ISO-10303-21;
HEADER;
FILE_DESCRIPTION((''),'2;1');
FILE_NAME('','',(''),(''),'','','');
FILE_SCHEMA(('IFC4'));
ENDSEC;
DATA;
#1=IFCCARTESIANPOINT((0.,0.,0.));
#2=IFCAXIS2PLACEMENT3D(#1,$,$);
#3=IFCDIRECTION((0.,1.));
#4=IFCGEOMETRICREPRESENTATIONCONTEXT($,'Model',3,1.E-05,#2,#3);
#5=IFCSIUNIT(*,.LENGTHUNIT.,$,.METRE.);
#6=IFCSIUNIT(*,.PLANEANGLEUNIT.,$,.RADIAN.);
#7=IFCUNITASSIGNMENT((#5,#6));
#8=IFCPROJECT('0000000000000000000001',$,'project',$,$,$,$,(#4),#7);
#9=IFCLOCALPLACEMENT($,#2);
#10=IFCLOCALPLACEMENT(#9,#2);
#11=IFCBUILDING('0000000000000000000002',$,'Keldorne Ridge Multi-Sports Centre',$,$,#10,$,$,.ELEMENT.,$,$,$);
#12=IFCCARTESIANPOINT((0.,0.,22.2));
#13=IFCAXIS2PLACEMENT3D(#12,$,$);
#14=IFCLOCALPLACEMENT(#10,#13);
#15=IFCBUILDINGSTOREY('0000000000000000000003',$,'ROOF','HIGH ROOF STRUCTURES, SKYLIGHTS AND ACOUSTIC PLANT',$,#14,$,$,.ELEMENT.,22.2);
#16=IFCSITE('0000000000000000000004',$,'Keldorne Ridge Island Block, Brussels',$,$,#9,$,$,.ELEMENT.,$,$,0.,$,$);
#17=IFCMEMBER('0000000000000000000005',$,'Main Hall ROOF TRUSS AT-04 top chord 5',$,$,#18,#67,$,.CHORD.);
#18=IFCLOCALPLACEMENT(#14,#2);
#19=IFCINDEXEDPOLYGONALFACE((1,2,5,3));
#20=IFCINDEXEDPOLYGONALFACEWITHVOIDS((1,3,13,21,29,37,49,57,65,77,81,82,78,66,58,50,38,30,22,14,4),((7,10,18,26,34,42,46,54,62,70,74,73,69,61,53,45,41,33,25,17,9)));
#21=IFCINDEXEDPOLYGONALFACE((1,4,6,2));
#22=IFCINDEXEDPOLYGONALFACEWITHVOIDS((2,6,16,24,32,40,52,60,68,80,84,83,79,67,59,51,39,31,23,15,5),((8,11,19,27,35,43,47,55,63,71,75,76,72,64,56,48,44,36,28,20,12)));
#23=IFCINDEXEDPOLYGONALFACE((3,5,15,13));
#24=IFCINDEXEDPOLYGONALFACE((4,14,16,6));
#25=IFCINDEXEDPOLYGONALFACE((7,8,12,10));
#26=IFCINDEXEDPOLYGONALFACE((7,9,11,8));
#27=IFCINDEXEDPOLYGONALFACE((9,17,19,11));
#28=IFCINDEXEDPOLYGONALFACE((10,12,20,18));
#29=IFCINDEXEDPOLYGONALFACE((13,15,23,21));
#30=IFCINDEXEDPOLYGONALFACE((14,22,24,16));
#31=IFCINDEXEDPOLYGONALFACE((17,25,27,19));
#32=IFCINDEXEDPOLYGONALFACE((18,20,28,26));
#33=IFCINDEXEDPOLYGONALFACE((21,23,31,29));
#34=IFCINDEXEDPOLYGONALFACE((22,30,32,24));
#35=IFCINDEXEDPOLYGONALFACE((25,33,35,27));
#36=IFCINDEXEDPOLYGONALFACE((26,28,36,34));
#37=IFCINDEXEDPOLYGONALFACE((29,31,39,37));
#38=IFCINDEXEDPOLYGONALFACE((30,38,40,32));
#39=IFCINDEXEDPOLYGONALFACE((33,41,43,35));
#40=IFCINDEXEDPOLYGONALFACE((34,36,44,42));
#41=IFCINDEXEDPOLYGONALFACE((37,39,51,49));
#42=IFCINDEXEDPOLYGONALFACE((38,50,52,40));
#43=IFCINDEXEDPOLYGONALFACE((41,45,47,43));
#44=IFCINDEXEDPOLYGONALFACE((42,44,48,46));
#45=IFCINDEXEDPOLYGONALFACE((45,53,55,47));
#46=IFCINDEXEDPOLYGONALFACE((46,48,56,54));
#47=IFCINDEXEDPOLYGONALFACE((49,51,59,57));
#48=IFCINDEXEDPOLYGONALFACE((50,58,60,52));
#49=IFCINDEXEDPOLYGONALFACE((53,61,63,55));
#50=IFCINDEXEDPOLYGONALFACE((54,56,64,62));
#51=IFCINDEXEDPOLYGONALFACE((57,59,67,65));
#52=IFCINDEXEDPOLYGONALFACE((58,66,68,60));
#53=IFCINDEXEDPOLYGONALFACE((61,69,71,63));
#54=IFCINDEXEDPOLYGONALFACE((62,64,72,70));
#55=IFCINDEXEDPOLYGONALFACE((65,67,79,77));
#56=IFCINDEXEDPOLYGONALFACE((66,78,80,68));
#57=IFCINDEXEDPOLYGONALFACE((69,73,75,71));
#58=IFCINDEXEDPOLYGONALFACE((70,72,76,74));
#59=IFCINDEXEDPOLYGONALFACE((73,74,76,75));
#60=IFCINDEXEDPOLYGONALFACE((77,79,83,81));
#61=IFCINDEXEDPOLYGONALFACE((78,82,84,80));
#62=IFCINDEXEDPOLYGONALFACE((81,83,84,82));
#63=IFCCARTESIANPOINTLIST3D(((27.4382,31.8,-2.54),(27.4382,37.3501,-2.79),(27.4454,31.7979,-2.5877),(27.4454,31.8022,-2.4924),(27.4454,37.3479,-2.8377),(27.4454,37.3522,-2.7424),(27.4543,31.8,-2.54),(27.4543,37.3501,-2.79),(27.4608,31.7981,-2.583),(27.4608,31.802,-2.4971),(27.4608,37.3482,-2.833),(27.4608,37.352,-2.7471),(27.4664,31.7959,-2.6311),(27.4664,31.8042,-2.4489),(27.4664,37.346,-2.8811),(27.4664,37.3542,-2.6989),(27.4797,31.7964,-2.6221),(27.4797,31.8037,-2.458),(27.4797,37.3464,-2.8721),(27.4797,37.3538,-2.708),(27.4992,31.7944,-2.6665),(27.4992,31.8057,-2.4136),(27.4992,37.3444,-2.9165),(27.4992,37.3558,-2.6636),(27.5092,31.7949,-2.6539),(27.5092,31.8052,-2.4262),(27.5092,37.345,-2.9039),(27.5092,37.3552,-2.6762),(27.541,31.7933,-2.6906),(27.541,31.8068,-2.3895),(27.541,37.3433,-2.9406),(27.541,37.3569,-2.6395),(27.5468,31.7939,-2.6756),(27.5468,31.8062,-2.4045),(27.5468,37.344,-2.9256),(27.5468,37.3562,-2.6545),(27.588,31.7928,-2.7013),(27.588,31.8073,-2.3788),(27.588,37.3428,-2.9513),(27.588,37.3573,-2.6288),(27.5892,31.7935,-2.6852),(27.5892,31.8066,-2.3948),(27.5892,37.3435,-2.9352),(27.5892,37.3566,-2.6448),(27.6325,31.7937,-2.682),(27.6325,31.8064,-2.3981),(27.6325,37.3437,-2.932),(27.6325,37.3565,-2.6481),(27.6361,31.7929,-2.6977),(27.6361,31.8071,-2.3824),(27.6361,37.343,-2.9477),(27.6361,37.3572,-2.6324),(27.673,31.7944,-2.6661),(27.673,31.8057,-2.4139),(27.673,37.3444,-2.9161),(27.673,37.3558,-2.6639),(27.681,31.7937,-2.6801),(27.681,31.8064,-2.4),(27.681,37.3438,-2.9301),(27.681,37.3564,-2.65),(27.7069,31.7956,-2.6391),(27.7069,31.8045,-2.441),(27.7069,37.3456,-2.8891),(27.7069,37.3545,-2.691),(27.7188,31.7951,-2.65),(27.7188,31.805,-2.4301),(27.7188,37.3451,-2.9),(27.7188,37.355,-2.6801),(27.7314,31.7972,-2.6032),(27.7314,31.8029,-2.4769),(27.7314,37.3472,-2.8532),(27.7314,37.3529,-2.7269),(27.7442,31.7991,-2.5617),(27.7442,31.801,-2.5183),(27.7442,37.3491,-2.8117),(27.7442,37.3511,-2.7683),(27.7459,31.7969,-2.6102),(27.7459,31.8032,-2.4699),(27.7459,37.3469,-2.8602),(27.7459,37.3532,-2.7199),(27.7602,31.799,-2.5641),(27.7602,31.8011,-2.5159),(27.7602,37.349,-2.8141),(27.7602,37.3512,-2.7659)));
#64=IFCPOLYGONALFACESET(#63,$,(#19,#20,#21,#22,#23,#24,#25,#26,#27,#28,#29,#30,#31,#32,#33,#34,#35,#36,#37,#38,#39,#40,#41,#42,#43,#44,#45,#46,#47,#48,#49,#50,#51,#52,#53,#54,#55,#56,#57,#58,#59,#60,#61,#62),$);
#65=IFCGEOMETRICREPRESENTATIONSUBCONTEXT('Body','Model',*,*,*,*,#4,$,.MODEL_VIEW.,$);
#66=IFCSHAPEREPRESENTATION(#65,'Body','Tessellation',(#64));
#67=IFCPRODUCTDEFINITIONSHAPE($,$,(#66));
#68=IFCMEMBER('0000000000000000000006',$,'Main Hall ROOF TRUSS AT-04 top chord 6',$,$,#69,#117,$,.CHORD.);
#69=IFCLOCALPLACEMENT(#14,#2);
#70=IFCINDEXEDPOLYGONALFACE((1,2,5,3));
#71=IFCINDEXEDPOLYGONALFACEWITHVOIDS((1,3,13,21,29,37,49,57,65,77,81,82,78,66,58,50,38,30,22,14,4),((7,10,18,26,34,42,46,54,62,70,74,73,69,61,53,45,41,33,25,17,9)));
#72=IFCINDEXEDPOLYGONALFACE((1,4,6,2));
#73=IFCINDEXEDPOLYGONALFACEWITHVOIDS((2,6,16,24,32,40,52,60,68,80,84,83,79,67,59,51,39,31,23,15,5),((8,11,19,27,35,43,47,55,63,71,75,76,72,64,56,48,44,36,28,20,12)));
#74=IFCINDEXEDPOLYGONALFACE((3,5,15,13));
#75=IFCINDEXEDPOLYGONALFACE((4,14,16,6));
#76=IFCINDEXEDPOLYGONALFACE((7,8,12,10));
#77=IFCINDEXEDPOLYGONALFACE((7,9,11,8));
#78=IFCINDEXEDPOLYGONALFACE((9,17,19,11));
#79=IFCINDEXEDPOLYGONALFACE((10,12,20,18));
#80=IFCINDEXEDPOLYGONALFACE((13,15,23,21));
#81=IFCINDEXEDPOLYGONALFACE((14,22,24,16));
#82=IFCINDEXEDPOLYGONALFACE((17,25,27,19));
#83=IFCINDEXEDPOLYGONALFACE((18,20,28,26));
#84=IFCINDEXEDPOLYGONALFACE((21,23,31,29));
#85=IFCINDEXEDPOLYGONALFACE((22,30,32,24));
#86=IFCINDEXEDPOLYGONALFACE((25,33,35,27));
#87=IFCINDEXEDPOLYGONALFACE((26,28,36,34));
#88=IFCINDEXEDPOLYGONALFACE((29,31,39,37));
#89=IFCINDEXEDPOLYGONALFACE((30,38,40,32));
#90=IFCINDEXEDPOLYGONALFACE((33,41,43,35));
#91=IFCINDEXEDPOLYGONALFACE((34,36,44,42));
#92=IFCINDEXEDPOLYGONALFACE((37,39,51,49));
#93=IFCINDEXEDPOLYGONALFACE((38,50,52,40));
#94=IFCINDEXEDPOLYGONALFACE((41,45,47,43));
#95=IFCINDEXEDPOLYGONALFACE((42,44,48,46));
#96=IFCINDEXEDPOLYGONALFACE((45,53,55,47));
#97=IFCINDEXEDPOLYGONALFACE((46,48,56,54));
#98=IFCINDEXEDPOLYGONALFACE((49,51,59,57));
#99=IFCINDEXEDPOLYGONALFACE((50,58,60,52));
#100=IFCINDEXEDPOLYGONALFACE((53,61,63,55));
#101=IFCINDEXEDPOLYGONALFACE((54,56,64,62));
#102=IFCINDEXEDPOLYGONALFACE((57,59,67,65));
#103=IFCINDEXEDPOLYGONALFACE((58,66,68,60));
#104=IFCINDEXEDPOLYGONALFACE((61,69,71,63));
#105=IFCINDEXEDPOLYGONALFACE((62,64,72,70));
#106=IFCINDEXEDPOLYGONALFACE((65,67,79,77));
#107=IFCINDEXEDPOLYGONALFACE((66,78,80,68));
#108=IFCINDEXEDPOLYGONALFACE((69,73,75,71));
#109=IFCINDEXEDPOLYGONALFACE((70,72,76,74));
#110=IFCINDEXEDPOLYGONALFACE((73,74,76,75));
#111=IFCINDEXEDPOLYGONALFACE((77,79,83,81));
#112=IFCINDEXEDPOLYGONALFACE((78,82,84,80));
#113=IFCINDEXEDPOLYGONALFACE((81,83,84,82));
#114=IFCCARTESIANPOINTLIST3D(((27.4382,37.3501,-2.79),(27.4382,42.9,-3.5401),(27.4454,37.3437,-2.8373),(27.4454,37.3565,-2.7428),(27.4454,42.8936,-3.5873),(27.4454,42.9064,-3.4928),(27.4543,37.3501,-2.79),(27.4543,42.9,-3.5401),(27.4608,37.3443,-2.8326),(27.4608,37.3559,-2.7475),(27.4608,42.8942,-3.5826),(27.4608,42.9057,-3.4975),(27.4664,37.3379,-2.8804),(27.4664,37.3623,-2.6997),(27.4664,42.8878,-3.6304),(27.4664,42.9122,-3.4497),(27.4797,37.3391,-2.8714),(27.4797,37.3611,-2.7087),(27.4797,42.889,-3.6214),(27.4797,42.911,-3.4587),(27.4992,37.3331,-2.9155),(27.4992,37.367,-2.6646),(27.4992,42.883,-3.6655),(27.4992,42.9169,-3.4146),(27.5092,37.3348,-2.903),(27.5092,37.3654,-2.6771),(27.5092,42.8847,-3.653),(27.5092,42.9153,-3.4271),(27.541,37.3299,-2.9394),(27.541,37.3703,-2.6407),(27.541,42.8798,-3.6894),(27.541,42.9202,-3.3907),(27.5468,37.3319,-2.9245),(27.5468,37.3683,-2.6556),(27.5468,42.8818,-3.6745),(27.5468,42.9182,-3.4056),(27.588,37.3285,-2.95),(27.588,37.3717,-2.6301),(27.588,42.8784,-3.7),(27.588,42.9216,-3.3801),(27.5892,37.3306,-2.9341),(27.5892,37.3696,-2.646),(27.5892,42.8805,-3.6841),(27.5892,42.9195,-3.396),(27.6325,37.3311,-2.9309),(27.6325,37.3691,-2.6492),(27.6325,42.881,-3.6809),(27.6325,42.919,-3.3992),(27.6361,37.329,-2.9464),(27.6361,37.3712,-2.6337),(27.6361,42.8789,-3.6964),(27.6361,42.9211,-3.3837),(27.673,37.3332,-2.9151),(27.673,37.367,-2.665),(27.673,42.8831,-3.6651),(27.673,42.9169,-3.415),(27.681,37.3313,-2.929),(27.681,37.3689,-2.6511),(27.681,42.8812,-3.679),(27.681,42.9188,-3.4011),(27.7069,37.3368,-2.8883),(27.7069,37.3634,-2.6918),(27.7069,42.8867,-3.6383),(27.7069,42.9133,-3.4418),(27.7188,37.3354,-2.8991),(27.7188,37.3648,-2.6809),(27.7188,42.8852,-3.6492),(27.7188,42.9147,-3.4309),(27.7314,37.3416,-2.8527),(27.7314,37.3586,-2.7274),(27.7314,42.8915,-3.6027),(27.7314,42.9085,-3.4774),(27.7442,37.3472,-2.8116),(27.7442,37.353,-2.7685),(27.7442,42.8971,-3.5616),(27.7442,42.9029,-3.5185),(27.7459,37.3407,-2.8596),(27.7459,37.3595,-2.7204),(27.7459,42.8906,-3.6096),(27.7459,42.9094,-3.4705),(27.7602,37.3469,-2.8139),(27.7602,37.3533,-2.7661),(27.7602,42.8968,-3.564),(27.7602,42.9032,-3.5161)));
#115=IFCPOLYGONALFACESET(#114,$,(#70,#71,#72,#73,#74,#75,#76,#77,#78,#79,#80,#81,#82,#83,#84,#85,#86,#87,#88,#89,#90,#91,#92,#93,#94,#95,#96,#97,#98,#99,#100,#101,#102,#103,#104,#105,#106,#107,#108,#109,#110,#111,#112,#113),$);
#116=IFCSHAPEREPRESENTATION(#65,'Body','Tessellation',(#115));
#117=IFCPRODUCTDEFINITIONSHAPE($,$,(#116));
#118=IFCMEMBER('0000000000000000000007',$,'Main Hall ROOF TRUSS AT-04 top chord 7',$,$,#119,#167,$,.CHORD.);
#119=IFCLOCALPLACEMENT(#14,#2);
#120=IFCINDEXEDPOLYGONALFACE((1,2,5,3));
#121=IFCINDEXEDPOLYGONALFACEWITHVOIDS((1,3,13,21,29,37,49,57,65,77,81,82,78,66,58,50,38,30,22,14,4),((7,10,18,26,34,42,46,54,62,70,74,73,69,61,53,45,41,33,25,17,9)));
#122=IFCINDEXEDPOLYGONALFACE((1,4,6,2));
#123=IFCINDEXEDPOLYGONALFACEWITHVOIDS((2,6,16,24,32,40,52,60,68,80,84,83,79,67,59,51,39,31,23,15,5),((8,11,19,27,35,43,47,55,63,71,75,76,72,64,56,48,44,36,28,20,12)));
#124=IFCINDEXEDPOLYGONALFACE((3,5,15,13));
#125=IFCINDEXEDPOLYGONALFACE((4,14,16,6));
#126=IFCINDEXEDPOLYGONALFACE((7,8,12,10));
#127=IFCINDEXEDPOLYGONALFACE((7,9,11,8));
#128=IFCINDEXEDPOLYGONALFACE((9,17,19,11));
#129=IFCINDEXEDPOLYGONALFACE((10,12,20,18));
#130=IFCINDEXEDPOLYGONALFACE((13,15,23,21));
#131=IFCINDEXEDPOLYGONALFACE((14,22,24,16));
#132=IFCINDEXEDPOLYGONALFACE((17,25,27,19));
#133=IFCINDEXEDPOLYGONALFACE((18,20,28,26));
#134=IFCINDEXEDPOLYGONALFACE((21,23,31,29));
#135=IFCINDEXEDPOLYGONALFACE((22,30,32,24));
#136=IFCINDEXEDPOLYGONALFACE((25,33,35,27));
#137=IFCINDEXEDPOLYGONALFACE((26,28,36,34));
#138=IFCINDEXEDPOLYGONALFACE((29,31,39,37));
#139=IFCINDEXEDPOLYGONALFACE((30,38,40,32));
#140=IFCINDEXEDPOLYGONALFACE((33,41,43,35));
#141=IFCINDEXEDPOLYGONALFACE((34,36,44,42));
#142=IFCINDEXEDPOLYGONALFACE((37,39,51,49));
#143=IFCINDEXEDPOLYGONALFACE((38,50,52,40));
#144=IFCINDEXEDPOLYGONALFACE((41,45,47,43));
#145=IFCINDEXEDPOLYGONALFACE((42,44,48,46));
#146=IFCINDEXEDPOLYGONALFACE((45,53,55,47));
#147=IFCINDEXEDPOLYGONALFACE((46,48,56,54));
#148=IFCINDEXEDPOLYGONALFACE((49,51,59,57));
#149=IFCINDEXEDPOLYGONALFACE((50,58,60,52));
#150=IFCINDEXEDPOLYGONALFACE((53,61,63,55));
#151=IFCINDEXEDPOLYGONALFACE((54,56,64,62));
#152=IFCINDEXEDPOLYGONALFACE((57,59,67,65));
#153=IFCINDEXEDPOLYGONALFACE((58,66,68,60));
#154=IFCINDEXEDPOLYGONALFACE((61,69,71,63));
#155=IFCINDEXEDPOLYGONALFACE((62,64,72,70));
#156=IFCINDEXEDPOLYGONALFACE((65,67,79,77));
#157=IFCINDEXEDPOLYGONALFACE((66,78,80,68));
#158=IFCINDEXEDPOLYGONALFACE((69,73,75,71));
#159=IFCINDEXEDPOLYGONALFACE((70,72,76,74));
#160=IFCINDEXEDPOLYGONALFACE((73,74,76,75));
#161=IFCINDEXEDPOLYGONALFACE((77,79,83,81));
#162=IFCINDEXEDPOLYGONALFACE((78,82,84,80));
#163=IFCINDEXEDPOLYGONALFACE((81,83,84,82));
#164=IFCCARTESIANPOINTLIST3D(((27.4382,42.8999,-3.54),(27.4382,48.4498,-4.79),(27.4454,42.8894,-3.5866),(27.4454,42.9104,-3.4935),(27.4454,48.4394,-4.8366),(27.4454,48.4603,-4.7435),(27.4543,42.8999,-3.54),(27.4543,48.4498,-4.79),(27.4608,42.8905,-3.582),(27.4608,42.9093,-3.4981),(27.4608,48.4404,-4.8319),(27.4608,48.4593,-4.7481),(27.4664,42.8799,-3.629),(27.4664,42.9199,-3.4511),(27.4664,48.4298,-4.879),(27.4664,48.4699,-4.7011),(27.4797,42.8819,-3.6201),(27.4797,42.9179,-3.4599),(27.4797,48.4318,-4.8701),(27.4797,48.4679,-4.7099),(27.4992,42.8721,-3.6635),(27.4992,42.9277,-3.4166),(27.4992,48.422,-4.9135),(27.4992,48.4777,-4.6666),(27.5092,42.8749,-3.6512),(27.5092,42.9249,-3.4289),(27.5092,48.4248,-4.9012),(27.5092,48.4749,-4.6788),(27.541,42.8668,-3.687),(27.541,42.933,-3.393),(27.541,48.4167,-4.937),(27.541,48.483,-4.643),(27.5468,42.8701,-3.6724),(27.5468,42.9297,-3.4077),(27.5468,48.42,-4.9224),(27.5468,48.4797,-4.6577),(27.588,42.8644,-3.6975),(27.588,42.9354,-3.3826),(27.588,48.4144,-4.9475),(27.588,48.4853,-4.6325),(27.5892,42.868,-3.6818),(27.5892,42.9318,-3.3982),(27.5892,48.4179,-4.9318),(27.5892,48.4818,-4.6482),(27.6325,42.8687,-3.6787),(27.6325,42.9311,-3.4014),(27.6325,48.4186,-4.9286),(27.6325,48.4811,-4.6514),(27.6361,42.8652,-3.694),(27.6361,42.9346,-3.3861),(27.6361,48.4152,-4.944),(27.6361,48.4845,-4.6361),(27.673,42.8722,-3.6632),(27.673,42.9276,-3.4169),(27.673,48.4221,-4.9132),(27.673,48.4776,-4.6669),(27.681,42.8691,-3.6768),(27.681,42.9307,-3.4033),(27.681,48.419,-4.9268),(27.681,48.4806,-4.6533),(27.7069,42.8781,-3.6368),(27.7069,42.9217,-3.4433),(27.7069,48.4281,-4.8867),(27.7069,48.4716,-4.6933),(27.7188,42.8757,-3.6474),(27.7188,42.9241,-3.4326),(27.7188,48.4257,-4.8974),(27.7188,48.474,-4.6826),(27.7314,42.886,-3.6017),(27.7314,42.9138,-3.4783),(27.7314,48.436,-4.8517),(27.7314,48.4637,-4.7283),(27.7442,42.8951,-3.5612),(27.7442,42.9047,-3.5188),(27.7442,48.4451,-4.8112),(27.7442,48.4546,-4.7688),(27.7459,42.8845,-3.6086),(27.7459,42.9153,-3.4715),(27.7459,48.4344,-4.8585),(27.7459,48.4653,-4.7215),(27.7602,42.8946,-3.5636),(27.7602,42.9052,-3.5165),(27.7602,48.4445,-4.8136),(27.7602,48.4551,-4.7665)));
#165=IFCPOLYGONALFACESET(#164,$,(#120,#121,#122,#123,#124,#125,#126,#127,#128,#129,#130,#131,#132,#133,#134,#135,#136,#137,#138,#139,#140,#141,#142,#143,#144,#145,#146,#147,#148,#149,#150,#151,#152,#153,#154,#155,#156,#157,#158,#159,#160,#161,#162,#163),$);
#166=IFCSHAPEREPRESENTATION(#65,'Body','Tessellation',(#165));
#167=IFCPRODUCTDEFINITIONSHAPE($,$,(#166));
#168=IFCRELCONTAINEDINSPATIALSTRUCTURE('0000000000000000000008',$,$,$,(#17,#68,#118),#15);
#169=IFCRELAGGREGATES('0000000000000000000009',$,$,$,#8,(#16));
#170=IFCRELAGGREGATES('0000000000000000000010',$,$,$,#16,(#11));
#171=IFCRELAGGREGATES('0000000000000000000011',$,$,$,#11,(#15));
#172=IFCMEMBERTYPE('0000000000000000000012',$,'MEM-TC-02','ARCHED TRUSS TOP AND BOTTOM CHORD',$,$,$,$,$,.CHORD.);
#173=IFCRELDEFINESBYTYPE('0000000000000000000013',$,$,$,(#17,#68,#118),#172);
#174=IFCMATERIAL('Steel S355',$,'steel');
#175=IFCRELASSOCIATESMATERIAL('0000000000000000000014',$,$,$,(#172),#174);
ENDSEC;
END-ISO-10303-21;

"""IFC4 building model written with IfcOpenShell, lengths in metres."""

from ifc_helpers import new_model, si_unit, direction, frame, origin, origin_2d, place, context, subcontext, project, spatial, hollow_circle, extrude, material, material_profile, profile_set, type_object, element, save


model = new_model("IFC4")

# Units and contexts
model_context = context("Model", 3, precision=1e-05, world=origin(), true_north=direction((0.0, 1.0)))
body_context = subcontext(model_context, "Body", "Model", "MODEL_VIEW")
ifc_project = project(units=[si_unit("LENGTHUNIT", "METRE"), si_unit("PLANEANGLEUNIT", "RADIAN")], contexts=[model_context])

# Site, building, storey
site_placement = place(None, origin())
site = spatial("IfcSite", under=ifc_project, at=site_placement, Name="Keldorne Ridge Island Block, Brussels", CompositionType="ELEMENT", RefElevation=0.0)
building_placement = place(site_placement, origin())
building = spatial("IfcBuilding", under=site, at=building_placement, Name="Keldorne Ridge Multi-Sports Centre", CompositionType="ELEMENT")
storey_placement = place(building_placement, frame((0.0, 0.0, 22.2)))
storey = spatial("IfcBuildingStorey", under=building, at=storey_placement, Name="ROOF", Description="HIGH ROOF STRUCTURES, SKYLIGHTS AND ACOUSTIC PLANT", CompositionType="ELEMENT", Elevation=22.2)

# Members
ifc_material = material(Name="Steel S355", Category="steel")
ifc_material_profile_1 = material_profile(ifc_material, hollow_circle(Radius=0.1619, WallThickness=0.0161, at=origin_2d()), Name="CHS 323.9x16")
ifc_profile_set_1 = profile_set([ifc_material_profile_1], Name="Steel S355")
member_type_1 = type_object("IfcMemberType", Name="MEM-TC-02", Description="ARCHED TRUSS TOP AND BOTTOM CHORD", PredefinedType="CHORD", material=ifc_profile_set_1)
for number, where, z_axis, x_axis, name in (
    (1, (27.6001, 31.8, -2.54), (0.0, 0.998987, -0.044999), (-1.0, 0.0, 0.0), "Main Hall ROOF TRUSS AT-04 top chord 5"),
):
    element("IfcMember", number, at=place(storey_placement, frame(where, z_axis=z_axis, x_axis=x_axis)), inside=storey, type_object=member_type_1, Name=name, PredefinedType="CHORD", context=body_context, shape_type="SweptSolid", body=[
        extrude(hollow_circle(Radius=0.1619, WallThickness=0.0161, at=origin_2d()), origin(), (0.0, 0.0, 1.0), 5.5557),
    ])
member_1_placement = place(storey_placement, frame((27.6001, 37.3501, -2.79), z_axis=(0.0, 0.990992, -0.133923), x_axis=(-1.0, 0.0, 0.0)))
element("IfcMember", 2, at=member_1_placement, inside=storey, type_object=member_type_1, Name="Main Hall ROOF TRUSS AT-04 top chord 6", PredefinedType="CHORD", context=body_context, shape_type="SweptSolid", body=[
    extrude(hollow_circle(Radius=0.1619, WallThickness=0.0161, at=origin_2d()), origin(), (0.0, 0.0, 1.0), 5.6003),
])
member_2_placement = place(storey_placement, frame((27.6001, 42.8999, -3.54), z_axis=(0.0, 0.975563, -0.219719), x_axis=(-1.0, 0.0, 0.0)))
element("IfcMember", 3, at=member_2_placement, inside=storey, type_object=member_type_1, Name="Main Hall ROOF TRUSS AT-04 top chord 7", PredefinedType="CHORD", context=body_context, shape_type="SweptSolid", body=[
    extrude(hollow_circle(Radius=0.1619, WallThickness=0.0161, at=origin_2d()), origin(), (0.0, 0.0, 1.0), 5.689),
])

save(model, "model.ifc")
